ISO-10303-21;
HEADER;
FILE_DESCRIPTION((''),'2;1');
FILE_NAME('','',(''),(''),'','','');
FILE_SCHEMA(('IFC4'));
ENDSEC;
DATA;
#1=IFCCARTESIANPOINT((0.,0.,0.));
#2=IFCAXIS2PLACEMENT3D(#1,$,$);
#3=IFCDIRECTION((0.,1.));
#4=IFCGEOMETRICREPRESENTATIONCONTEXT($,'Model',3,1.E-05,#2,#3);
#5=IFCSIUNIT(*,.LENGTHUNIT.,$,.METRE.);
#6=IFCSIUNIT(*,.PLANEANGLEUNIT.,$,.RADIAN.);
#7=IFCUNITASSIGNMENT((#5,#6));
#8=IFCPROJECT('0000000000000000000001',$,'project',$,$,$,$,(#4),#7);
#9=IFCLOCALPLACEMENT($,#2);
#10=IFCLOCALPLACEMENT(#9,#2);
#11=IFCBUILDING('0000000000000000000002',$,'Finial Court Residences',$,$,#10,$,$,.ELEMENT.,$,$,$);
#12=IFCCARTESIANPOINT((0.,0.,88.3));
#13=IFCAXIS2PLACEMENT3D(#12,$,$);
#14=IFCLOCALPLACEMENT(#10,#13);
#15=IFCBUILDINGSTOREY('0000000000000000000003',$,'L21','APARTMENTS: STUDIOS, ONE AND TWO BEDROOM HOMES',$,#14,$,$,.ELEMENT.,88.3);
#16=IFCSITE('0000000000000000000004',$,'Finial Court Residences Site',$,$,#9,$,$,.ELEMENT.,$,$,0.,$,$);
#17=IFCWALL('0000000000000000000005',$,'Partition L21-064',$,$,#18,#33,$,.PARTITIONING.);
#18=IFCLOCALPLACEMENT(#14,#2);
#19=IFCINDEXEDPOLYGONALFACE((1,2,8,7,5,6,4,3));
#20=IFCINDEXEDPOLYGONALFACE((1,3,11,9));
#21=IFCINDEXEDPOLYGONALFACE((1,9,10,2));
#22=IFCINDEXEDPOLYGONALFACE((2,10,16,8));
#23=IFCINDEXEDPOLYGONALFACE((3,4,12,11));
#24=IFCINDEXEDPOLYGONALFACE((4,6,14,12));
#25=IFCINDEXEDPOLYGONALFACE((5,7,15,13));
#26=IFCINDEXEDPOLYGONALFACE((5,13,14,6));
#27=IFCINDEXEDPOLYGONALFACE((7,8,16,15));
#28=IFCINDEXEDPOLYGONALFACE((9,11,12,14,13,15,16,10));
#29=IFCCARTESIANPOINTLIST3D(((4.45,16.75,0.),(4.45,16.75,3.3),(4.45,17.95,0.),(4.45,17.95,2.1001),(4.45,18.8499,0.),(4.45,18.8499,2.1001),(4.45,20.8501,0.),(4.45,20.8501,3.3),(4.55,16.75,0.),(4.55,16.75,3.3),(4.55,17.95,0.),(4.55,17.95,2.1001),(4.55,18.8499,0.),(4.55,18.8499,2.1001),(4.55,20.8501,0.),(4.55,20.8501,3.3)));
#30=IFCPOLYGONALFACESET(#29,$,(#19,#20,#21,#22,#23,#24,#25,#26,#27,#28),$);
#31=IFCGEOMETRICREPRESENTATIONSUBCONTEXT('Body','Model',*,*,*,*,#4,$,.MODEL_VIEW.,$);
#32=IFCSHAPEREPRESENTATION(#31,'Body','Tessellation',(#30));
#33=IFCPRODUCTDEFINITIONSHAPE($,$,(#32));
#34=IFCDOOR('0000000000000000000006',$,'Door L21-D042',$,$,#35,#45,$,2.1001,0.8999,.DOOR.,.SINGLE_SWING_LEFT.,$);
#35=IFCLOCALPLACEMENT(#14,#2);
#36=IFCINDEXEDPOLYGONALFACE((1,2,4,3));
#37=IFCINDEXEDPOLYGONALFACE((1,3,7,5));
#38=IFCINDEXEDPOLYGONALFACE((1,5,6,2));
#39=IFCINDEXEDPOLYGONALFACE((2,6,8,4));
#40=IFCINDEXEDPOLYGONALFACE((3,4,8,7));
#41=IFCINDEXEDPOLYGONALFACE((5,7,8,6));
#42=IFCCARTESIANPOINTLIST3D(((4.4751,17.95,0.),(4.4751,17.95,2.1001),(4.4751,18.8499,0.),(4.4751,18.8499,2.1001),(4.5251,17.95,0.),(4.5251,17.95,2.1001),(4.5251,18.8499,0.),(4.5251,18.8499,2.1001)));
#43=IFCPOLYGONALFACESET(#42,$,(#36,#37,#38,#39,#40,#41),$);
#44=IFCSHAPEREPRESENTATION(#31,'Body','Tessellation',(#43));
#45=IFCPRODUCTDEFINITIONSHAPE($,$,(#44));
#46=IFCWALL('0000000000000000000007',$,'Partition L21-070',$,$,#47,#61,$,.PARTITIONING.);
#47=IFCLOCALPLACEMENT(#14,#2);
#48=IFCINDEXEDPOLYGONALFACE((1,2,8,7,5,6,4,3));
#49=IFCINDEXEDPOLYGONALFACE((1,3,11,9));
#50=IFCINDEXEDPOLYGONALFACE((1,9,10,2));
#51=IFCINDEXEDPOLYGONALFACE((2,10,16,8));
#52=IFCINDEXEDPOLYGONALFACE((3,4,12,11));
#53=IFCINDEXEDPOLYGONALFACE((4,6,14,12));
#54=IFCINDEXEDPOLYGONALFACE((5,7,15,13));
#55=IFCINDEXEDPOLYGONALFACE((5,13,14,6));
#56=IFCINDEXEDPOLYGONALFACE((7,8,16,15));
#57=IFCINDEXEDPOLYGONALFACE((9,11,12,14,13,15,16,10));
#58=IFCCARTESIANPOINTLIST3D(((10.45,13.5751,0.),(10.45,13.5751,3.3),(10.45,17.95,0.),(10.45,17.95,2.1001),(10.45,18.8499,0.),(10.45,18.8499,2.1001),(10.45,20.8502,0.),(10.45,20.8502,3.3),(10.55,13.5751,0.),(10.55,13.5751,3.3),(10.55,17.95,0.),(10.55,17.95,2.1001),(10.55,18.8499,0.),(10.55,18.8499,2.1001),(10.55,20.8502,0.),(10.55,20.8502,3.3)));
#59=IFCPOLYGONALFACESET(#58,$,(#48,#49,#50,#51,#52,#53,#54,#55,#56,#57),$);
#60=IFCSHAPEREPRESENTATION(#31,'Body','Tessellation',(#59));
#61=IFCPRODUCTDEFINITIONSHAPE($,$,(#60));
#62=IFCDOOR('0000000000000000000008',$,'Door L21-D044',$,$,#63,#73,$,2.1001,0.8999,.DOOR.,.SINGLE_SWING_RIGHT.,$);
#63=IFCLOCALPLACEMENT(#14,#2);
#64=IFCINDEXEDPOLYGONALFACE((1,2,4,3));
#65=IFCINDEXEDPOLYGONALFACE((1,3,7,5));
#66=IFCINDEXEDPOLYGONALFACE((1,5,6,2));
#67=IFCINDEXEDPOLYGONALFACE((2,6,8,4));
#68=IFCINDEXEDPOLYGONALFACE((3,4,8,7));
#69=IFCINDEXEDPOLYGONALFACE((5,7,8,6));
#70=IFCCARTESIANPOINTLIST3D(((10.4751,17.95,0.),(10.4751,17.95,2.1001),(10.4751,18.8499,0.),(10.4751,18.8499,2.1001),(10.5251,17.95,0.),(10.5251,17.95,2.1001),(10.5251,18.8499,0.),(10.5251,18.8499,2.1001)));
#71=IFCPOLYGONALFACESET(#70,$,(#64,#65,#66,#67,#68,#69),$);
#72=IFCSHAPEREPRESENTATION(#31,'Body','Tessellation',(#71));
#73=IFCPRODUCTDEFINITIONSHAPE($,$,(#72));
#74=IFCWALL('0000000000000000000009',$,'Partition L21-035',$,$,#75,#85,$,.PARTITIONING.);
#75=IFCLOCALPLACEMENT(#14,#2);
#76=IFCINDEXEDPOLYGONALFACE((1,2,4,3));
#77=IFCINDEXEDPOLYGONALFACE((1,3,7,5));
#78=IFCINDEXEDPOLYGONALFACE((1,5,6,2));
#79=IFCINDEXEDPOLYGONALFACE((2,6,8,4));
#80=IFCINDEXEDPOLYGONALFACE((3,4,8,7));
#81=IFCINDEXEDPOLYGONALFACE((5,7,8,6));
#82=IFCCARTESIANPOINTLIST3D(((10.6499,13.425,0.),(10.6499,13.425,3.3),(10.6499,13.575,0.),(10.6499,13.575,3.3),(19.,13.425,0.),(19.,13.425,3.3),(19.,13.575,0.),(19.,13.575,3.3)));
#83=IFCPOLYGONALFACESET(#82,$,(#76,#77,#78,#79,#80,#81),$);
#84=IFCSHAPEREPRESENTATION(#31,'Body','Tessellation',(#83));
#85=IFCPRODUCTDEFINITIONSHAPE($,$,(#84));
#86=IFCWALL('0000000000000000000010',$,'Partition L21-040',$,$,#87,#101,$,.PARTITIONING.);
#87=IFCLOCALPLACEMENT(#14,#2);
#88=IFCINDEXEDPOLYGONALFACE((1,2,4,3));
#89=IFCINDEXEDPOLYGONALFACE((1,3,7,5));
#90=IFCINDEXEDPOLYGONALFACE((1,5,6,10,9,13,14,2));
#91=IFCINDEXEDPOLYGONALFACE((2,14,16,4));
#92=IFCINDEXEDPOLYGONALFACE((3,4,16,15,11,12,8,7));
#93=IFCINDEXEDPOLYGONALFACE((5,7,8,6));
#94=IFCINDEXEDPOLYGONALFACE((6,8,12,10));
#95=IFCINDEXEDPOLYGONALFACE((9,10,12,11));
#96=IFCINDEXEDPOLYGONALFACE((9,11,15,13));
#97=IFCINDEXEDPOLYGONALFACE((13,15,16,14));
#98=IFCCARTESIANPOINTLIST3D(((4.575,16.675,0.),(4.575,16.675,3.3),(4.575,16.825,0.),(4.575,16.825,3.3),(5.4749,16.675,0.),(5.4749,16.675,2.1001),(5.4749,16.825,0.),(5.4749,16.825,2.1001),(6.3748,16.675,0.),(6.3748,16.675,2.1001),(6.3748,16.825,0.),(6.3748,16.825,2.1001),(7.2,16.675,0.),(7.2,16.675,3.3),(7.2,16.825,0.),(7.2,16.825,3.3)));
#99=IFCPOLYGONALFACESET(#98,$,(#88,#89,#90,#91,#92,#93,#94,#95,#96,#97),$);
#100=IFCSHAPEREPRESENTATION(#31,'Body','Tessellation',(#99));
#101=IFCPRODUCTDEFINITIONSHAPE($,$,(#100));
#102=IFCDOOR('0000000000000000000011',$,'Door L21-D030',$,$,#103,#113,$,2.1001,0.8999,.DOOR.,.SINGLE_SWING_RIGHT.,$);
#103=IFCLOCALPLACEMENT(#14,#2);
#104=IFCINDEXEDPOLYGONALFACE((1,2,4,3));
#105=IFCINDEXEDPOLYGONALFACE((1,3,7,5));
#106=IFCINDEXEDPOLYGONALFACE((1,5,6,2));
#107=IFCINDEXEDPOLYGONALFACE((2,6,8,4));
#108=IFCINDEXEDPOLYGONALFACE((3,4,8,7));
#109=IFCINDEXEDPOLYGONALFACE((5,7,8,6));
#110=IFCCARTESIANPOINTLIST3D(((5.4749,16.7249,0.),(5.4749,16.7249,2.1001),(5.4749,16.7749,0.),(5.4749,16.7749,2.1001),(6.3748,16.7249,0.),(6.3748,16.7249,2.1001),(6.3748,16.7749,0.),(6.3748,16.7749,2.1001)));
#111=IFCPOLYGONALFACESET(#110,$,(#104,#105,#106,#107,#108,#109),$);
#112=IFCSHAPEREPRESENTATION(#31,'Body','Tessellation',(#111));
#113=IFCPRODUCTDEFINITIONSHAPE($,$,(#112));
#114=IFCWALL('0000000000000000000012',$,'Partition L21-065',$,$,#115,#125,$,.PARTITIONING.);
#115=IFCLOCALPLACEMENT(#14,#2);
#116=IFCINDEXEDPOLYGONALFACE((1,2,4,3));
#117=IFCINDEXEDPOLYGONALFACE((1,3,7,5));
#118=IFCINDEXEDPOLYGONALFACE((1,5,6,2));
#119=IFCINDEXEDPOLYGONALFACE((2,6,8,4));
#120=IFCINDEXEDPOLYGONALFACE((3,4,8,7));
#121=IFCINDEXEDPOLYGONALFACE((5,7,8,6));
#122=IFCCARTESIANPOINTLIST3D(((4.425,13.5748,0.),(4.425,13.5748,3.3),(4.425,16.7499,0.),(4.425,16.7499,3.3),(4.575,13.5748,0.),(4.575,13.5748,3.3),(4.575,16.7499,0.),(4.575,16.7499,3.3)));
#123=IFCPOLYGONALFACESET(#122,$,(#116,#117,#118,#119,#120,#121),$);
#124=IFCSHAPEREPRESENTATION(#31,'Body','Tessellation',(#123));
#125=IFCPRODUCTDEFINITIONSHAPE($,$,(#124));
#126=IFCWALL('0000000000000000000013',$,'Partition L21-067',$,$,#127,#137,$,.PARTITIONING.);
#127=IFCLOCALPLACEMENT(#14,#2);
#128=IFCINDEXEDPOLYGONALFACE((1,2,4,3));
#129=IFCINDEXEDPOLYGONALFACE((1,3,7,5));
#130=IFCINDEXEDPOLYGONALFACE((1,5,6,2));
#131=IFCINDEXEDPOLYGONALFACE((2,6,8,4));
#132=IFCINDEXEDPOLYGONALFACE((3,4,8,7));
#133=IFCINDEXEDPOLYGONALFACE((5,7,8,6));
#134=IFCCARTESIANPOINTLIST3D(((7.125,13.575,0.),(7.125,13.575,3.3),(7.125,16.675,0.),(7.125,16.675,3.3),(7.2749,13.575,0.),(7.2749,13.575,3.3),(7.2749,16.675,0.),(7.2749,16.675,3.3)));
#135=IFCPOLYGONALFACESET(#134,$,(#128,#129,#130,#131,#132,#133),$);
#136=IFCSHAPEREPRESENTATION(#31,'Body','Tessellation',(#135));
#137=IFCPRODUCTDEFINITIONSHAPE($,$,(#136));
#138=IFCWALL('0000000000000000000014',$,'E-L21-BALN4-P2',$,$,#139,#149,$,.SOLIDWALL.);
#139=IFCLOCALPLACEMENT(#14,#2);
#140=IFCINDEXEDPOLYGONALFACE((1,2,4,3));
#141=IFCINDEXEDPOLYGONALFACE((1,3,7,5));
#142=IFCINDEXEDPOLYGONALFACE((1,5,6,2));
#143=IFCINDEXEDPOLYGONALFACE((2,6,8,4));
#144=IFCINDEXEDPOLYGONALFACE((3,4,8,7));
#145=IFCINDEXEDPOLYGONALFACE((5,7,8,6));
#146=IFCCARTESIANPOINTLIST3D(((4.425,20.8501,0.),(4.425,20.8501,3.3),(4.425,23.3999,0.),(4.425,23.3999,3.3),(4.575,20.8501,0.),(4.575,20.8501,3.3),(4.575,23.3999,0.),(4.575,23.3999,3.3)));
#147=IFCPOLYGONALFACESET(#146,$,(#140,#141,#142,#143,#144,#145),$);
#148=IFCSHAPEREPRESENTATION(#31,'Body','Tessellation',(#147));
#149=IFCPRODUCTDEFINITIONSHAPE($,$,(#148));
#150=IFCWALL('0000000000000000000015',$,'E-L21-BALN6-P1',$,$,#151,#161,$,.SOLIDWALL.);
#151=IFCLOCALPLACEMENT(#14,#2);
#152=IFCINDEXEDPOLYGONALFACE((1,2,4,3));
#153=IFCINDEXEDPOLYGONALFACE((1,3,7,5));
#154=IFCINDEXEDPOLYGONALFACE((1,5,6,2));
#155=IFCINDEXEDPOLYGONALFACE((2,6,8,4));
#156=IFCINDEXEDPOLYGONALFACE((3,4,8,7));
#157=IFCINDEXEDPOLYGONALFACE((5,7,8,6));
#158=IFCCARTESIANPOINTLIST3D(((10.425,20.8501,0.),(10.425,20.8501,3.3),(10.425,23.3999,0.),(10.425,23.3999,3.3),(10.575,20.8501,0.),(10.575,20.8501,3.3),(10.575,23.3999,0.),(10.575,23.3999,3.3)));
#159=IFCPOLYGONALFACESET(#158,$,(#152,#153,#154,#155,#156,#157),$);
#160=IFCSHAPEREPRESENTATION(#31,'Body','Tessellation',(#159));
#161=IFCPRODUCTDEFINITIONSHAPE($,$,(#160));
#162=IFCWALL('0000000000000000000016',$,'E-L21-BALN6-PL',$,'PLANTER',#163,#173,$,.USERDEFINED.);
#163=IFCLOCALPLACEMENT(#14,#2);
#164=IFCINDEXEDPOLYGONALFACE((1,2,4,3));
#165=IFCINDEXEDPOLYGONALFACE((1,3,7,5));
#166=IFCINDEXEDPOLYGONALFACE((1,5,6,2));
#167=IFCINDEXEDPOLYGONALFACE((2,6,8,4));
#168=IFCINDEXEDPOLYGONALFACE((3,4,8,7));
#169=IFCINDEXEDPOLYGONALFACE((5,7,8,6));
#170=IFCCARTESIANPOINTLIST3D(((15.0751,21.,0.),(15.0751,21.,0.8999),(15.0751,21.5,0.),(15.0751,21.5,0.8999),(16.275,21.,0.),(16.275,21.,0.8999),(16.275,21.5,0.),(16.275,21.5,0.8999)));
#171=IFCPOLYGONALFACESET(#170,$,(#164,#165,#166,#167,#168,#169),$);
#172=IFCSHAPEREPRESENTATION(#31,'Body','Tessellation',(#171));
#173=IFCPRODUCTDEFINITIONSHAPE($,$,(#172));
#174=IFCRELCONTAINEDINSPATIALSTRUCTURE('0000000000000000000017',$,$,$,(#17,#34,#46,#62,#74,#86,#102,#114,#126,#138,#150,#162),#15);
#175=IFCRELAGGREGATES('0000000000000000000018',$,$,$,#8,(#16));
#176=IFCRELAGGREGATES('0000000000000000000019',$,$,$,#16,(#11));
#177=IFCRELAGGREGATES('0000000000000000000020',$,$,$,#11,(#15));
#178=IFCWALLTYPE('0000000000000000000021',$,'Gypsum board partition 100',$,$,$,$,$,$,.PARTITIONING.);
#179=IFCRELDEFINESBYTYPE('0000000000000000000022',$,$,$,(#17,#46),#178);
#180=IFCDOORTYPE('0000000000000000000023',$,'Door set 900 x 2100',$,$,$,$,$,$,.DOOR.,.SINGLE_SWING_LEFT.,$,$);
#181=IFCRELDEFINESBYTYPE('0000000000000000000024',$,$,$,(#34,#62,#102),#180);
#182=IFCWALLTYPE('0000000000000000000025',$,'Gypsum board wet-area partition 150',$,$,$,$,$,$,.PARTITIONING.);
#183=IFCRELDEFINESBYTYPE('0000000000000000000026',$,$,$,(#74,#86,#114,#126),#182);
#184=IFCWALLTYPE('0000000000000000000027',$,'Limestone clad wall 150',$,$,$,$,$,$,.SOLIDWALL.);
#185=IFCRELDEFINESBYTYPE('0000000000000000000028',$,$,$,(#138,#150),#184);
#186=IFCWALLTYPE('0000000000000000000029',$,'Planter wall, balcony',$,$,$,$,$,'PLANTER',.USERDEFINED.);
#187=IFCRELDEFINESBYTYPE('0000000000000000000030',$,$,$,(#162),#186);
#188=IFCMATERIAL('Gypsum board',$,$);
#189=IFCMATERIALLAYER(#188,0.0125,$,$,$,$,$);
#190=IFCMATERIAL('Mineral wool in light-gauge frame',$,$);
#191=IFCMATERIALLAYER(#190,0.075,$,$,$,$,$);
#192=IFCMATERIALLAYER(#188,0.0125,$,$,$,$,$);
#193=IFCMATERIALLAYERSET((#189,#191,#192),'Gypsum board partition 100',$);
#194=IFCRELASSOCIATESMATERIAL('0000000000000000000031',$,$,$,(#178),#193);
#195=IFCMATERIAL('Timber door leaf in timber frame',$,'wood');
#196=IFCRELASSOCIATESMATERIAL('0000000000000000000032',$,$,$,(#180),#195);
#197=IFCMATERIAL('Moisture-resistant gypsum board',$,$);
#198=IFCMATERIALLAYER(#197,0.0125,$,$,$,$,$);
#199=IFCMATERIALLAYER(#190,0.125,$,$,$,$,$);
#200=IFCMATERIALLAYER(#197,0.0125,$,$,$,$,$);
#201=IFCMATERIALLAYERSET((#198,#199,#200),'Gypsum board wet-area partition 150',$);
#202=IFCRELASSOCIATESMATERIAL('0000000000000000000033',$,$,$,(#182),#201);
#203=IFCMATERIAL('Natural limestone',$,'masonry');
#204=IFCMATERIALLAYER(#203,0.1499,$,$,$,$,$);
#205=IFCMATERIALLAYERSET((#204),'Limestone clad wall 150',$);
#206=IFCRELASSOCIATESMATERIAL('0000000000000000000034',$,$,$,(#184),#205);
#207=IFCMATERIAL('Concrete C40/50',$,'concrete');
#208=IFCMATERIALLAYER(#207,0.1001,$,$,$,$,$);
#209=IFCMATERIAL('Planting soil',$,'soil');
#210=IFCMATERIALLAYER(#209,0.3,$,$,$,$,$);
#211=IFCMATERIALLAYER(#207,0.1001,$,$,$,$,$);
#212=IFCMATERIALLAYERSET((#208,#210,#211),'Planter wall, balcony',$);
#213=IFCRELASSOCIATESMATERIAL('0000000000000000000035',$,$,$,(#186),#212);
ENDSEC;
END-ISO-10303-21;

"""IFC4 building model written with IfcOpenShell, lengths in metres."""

from ifc_helpers import new_model, si_unit, direction, frame, frame_2d, origin, place, context, subcontext, project, spatial, rectangle, extrude, material, layer, layer_set, type_object, element, fill, save


model = new_model("IFC4")

# Units and contexts
model_context = context("Model", 3, precision=1e-05, world=origin(), true_north=direction((0.0, 1.0)))
body_context = subcontext(model_context, "Body", "Model", "MODEL_VIEW")
ifc_project = project(units=[si_unit("LENGTHUNIT", "METRE"), si_unit("PLANEANGLEUNIT", "RADIAN")], contexts=[model_context])

# Site, building, storey
site_placement = place(None, origin())
site = spatial("IfcSite", under=ifc_project, at=site_placement, Name="Finial Court Residences Site", CompositionType="ELEMENT", RefElevation=0.0)
building_placement = place(site_placement, origin())
building = spatial("IfcBuilding", under=site, at=building_placement, Name="Finial Court Residences", CompositionType="ELEMENT")
storey_placement = place(building_placement, frame((0.0, 0.0, 88.3)))
storey = spatial("IfcBuildingStorey", under=building, at=storey_placement, Name="L21", Description="APARTMENTS: STUDIOS, ONE AND TWO BEDROOM HOMES", CompositionType="ELEMENT", Elevation=88.3)

# Shared definitions
ifc_material_1 = material(Name="Gypsum board")

# Walls, openings, doors
ifc_layer_1 = layer(ifc_material_1, 0.0125)
ifc_material_2 = material(Name="Mineral wool in light-gauge frame")
ifc_layer_2 = layer(ifc_material_2, 0.075)
ifc_layer_3 = layer(ifc_material_1, 0.0125)
ifc_layer_set_1 = layer_set([ifc_layer_1, ifc_layer_2, ifc_layer_3], Name="Gypsum board partition 100")
wall_type_1 = type_object("IfcWallType", Name="Gypsum board partition 100", PredefinedType="PARTITIONING", material=ifc_layer_set_1)
ifc_material_3 = material(Name="Timber door leaf in timber frame", Category="wood")
door_type_1 = type_object("IfcDoorType", Name="Door set 900 x 2100", OperationType="SINGLE_SWING_LEFT", PredefinedType="DOOR", material=ifc_material_3)
wall_1_placement = place(storey_placement, frame((4.5, 16.75, 0.0), z_axis=(0.0, 0.0, 1.0), x_axis=(0.0, 1.0, 0.0)))
wall_1 = element("IfcWall", 1, at=wall_1_placement, inside=storey, type_object=wall_type_1, Name="Partition L21-064", PredefinedType="PARTITIONING", context=body_context, shape_type="SweptSolid", body=[
    extrude(rectangle(XDim=4.1001, YDim=0.1001, at=frame_2d((2.05, 0.0))), origin(), (0.0, 0.0, 1.0), 3.3),
])
opening_1_placement = place(wall_1_placement, frame((1.2, 0.0, 0.0)))
opening_1 = element("IfcOpeningElement", 2, at=opening_1_placement, cuts=wall_1, PredefinedType="OPENING", context=body_context, shape_type="SweptSolid", body=[
    extrude(rectangle(XDim=0.8999, YDim=2.1001, at=frame_2d((0.45, 1.05))), frame((0.0, 0.0601, 0.0), z_axis=(0.0, -1.0, 0.0), x_axis=(1.0, 0.0, 0.0)), (0.0, 0.0, 1.0), 0.1201),
])
door_1_placement = place(opening_1_placement, origin())
door_1 = element("IfcDoor", 3, at=door_1_placement, inside=storey, type_object=door_type_1, Name="Door L21-D042", OperationType="SINGLE_SWING_LEFT", OverallHeight=2.1001, OverallWidth=0.8999, PredefinedType="DOOR", context=body_context, shape_type="SweptSolid", body=[
    extrude(rectangle(XDim=0.8999, YDim=2.1001, at=frame_2d((0.45, 1.05))), frame((0.0, 0.0249, 0.0), z_axis=(0.0, -1.0, 0.0), x_axis=(1.0, 0.0, 0.0)), (0.0, 0.0, 1.0), 0.05),
])
fill(opening_1, door_1)
wall_2_placement = place(storey_placement, frame((10.5, 13.575, 0.0), z_axis=(0.0, 0.0, 1.0), x_axis=(0.0, 1.0, 0.0)))
wall_2 = element("IfcWall", 4, at=wall_2_placement, inside=storey, type_object=wall_type_1, Name="Partition L21-070", PredefinedType="PARTITIONING", context=body_context, shape_type="SweptSolid", body=[
    extrude(rectangle(XDim=7.2751, YDim=0.1001, at=frame_2d((3.6377, 0.0))), origin(), (0.0, 0.0, 1.0), 3.3),
])
opening_2_placement = place(wall_2_placement, frame((4.375, 0.0, 0.0)))
opening_2 = element("IfcOpeningElement", 5, at=opening_2_placement, cuts=wall_2, PredefinedType="OPENING", context=body_context, shape_type="SweptSolid", body=[
    extrude(rectangle(XDim=0.8999, YDim=2.1001, at=frame_2d((0.45, 1.05))), frame((0.0, 0.0601, 0.0), z_axis=(0.0, -1.0, 0.0), x_axis=(1.0, 0.0, 0.0)), (0.0, 0.0, 1.0), 0.1201),
])
door_2_placement = place(opening_2_placement, origin())
door_2 = element("IfcDoor", 6, at=door_2_placement, inside=storey, type_object=door_type_1, Name="Door L21-D044", OperationType="SINGLE_SWING_RIGHT", OverallHeight=2.1001, OverallWidth=0.8999, PredefinedType="DOOR", context=body_context, shape_type="SweptSolid", body=[
    extrude(rectangle(XDim=0.8999, YDim=2.1001, at=frame_2d((0.45, 1.05))), frame((0.0, 0.0249, 0.0), z_axis=(0.0, -1.0, 0.0), x_axis=(1.0, 0.0, 0.0)), (0.0, 0.0, 1.0), 0.05),
])
fill(opening_2, door_2)

# Wall
ifc_material_4 = material(Name="Moisture-resistant gypsum board")
ifc_layer_4 = layer(ifc_material_4, 0.0125)
ifc_layer_5 = layer(ifc_material_2, 0.125)
ifc_layer_6 = layer(ifc_material_4, 0.0125)
ifc_layer_set_2 = layer_set([ifc_layer_4, ifc_layer_5, ifc_layer_6], Name="Gypsum board wet-area partition 150")
wall_type_2 = type_object("IfcWallType", Name="Gypsum board wet-area partition 150", PredefinedType="PARTITIONING", material=ifc_layer_set_2)
wall_3_placement = place(storey_placement, frame((10.6499, 13.5, 0.0), z_axis=(0.0, 0.0, 1.0), x_axis=(1.0, 0.0, 0.0)))
element("IfcWall", 7, at=wall_3_placement, inside=storey, type_object=wall_type_2, Name="Partition L21-035", PredefinedType="PARTITIONING", context=body_context, shape_type="SweptSolid", body=[
    extrude(rectangle(XDim=8.3501, YDim=0.1499, at=frame_2d((4.175, 0.0))), origin(), (0.0, 0.0, 1.0), 3.3),
])

# Wall, opening, door
wall_4_placement = place(storey_placement, frame((4.575, 16.75, 0.0), z_axis=(0.0, 0.0, 1.0), x_axis=(1.0, 0.0, 0.0)))
wall_4 = element("IfcWall", 8, at=wall_4_placement, inside=storey, type_object=wall_type_2, Name="Partition L21-040", PredefinedType="PARTITIONING", context=body_context, shape_type="SweptSolid", body=[
    extrude(rectangle(XDim=2.625, YDim=0.1499, at=frame_2d((1.3125, 0.0))), origin(), (0.0, 0.0, 1.0), 3.3),
])
opening_3_placement = place(wall_4_placement, frame((0.8999, 0.0, 0.0)))
opening_3 = element("IfcOpeningElement", 9, at=opening_3_placement, cuts=wall_4, PredefinedType="OPENING", context=body_context, shape_type="SweptSolid", body=[
    extrude(rectangle(XDim=0.8999, YDim=2.1001, at=frame_2d((0.45, 1.05))), frame((0.0, 0.085, 0.0), z_axis=(0.0, -1.0, 0.0), x_axis=(1.0, 0.0, 0.0)), (0.0, 0.0, 1.0), 0.1699),
])
door_3_placement = place(opening_3_placement, origin())
door_3 = element("IfcDoor", 10, at=door_3_placement, inside=storey, type_object=door_type_1, Name="Door L21-D030", OperationType="SINGLE_SWING_RIGHT", OverallHeight=2.1001, OverallWidth=0.8999, PredefinedType="DOOR", context=body_context, shape_type="SweptSolid", body=[
    extrude(rectangle(XDim=0.8999, YDim=2.1001, at=frame_2d((0.45, 1.05))), frame((0.0, 0.0249, 0.0), z_axis=(0.0, -1.0, 0.0), x_axis=(1.0, 0.0, 0.0)), (0.0, 0.0, 1.0), 0.05),
])
fill(opening_3, door_3)

# Walls
wall_5_placement = place(storey_placement, frame((4.5, 13.575, 0.0), z_axis=(0.0, 0.0, 1.0), x_axis=(0.0, 1.0, 0.0)))
element("IfcWall", 11, at=wall_5_placement, inside=storey, type_object=wall_type_2, Name="Partition L21-065", PredefinedType="PARTITIONING", context=body_context, shape_type="SweptSolid", body=[
    extrude(rectangle(XDim=3.175, YDim=0.1499, at=frame_2d((1.5874, 0.0))), origin(), (0.0, 0.0, 1.0), 3.3),
])
wall_6_placement = place(storey_placement, frame((7.2, 13.575, 0.0), z_axis=(0.0, 0.0, 1.0), x_axis=(0.0, 1.0, 0.0)))
element("IfcWall", 12, at=wall_6_placement, inside=storey, type_object=wall_type_2, Name="Partition L21-067", PredefinedType="PARTITIONING", context=body_context, shape_type="SweptSolid", body=[
    extrude(rectangle(XDim=3.1001, YDim=0.1499, at=frame_2d((1.55, 0.0))), origin(), (0.0, 0.0, 1.0), 3.3),
])
ifc_material_5 = material(Name="Natural limestone", Category="masonry")
ifc_layer_7 = layer(ifc_material_5, 0.1499)
ifc_layer_set_3 = layer_set([ifc_layer_7], Name="Limestone clad wall 150")
wall_type_3 = type_object("IfcWallType", Name="Limestone clad wall 150", PredefinedType="SOLIDWALL", material=ifc_layer_set_3)
for number, where, z_axis, x_axis, name in (
    (13, (4.5, 20.8501, 0.0), (0.0, 0.0, 1.0), (0.0, 1.0, 0.0), "E-L21-BALN4-P2"),
    (14, (10.5, 20.8501, 0.0), (0.0, 0.0, 1.0), (0.0, 1.0, 0.0), "E-L21-BALN6-P1"),
):
    element("IfcWall", number, at=place(storey_placement, frame(where, z_axis=z_axis, x_axis=x_axis)), inside=storey, type_object=wall_type_3, Name=name, PredefinedType="SOLIDWALL", context=body_context, shape_type="SweptSolid", body=[
        extrude(rectangle(XDim=2.5498, YDim=0.1499, at=frame_2d((1.2749, 0.0))), origin(), (0.0, 0.0, 1.0), 3.3),
    ])

# Wall
ifc_material_6 = material(Name="Concrete C40/50", Category="concrete")
ifc_layer_8 = layer(ifc_material_6, 0.1001)
ifc_material_7 = material(Name="Planting soil", Category="soil")
ifc_layer_9 = layer(ifc_material_7, 0.3)
ifc_layer_10 = layer(ifc_material_6, 0.1001)
ifc_layer_set_4 = layer_set([ifc_layer_8, ifc_layer_9, ifc_layer_10], Name="Planter wall, balcony")
wall_type_4 = type_object("IfcWallType", Name="Planter wall, balcony", ElementType="PLANTER", PredefinedType="USERDEFINED", material=ifc_layer_set_4)
wall_7_placement = place(storey_placement, frame((15.075, 21.25, 0.0), z_axis=(0.0, 0.0, 1.0), x_axis=(1.0, 0.0, 0.0)))
element("IfcWall", 15, at=wall_7_placement, inside=storey, type_object=wall_type_4, Name="E-L21-BALN6-PL", ObjectType="PLANTER", PredefinedType="USERDEFINED", context=body_context, shape_type="SweptSolid", body=[
    extrude(rectangle(XDim=1.2, YDim=0.5, at=frame_2d((0.6001, 0.0))), origin(), (0.0, 0.0, 1.0), 0.8999),
])

save(model, "model.ifc")
